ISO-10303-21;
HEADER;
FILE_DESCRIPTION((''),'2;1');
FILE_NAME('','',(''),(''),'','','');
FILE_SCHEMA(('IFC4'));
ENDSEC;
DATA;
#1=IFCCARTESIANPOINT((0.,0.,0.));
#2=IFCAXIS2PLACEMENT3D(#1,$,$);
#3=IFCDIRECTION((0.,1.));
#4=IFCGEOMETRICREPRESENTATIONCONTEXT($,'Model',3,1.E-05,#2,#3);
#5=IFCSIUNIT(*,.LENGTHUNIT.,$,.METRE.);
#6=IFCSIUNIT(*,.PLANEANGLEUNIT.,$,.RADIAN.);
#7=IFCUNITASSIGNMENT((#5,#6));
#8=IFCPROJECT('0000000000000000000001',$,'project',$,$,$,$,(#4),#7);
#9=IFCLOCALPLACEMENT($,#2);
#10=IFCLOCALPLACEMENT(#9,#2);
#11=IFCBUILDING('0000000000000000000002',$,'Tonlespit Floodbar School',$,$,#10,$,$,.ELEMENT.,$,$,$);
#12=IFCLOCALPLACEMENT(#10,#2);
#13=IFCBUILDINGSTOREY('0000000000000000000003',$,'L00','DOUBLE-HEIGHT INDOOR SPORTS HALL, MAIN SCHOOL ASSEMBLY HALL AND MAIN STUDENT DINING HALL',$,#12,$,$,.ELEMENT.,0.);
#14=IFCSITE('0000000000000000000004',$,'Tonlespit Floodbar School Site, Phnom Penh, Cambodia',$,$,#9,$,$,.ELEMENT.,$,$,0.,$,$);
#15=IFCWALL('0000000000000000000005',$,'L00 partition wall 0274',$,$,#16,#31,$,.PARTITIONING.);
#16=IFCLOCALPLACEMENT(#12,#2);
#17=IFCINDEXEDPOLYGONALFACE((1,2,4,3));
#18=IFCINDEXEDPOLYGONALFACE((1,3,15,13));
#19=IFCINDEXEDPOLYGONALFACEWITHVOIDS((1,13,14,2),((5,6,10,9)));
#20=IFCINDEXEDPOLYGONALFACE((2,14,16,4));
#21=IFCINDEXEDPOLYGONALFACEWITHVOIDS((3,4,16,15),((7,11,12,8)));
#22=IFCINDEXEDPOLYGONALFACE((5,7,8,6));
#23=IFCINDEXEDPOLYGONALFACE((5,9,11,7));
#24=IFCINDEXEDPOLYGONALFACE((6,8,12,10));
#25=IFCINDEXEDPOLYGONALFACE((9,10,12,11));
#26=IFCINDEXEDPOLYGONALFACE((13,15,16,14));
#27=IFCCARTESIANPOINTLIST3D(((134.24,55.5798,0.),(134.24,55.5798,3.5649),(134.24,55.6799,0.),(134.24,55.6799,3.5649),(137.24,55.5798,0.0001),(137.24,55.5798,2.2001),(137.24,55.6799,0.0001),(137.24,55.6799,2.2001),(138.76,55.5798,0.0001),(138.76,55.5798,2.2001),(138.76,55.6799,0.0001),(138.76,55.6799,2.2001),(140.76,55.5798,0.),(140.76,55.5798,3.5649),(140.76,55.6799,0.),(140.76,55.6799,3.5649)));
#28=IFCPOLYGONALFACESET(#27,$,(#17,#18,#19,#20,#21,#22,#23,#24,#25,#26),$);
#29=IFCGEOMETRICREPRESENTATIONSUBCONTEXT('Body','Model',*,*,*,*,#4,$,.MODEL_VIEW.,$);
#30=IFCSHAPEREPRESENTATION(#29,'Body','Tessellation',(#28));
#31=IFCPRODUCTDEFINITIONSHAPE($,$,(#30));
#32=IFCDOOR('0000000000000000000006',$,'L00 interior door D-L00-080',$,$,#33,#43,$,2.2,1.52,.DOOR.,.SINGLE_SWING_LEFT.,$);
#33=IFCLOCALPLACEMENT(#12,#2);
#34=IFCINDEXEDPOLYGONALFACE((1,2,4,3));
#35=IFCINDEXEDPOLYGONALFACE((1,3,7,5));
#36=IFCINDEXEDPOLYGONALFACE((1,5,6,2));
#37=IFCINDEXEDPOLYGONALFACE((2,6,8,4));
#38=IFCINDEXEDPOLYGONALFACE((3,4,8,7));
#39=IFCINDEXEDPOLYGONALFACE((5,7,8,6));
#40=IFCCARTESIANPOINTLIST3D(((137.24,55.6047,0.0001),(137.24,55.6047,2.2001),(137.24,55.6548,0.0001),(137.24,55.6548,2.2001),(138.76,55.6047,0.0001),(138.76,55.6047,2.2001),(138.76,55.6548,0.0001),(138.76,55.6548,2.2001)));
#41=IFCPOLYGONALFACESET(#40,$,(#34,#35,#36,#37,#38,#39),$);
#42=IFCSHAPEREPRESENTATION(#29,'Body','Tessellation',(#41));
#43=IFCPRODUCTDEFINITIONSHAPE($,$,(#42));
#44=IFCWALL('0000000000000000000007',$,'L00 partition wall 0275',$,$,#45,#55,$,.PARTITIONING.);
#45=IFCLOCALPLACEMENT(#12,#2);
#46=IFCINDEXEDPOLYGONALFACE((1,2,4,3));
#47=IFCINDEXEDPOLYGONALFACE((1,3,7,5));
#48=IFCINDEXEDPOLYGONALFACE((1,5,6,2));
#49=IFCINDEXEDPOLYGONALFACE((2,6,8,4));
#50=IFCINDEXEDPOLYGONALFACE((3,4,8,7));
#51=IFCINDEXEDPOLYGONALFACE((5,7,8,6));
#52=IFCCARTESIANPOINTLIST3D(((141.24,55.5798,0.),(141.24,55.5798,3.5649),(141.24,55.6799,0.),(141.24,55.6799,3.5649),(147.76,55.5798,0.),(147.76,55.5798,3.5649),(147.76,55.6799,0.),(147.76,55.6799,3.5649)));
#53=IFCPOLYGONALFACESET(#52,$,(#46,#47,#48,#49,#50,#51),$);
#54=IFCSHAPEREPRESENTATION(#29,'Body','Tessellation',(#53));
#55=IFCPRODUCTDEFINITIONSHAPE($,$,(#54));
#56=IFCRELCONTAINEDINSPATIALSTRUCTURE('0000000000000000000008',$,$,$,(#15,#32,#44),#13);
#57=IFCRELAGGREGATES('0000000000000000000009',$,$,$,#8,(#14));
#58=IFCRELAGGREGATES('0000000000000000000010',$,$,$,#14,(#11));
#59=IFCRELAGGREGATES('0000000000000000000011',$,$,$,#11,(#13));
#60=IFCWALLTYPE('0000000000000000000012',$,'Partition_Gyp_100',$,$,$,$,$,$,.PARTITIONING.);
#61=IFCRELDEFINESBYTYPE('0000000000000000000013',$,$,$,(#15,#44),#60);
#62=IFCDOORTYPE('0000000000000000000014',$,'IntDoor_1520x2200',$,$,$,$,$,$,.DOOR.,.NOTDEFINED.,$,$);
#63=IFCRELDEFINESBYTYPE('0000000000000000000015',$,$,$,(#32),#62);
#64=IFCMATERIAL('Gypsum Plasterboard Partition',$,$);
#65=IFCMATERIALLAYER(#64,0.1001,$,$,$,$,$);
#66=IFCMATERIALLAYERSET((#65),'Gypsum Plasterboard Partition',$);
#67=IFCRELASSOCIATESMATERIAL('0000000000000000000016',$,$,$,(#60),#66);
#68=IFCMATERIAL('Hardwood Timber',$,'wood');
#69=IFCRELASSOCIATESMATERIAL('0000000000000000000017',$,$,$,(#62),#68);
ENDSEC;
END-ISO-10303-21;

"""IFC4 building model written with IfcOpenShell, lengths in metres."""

from ifc_helpers import new_model, si_unit, direction, frame, frame_2d, origin, place, context, subcontext, project, spatial, rectangle, extrude, material, layer, layer_set, type_object, element, fill, save


model = new_model("IFC4")

# Units and contexts
model_context = context("Model", 3, precision=1e-05, world=origin(), true_north=direction((0.0, 1.0)))
body_context = subcontext(model_context, "Body", "Model", "MODEL_VIEW")
ifc_project = project(units=[si_unit("LENGTHUNIT", "METRE"), si_unit("PLANEANGLEUNIT", "RADIAN")], contexts=[model_context])

# Site, building, storey
site_placement = place(None, origin())
site = spatial("IfcSite", under=ifc_project, at=site_placement, Name="Tonlespit Floodbar School Site, Phnom Penh, Cambodia", CompositionType="ELEMENT", RefElevation=0.0)
building_placement = place(site_placement, origin())
building = spatial("IfcBuilding", under=site, at=building_placement, Name="Tonlespit Floodbar School", CompositionType="ELEMENT")
storey_placement = place(building_placement, origin())
storey = spatial("IfcBuildingStorey", under=building, at=storey_placement, Name="L00", Description="DOUBLE-HEIGHT INDOOR SPORTS HALL, MAIN SCHOOL ASSEMBLY HALL AND MAIN STUDENT DINING HALL", CompositionType="ELEMENT", Elevation=0.0)

# Wall, opening, door
ifc_material_1 = material(Name="Gypsum Plasterboard Partition")
ifc_layer_1 = layer(ifc_material_1, 0.1001)
ifc_layer_set_1 = layer_set([ifc_layer_1], Name="Gypsum Plasterboard Partition")
wall_type_1 = type_object("IfcWallType", Name="Partition_Gyp_100", PredefinedType="PARTITIONING", material=ifc_layer_set_1)
wall_1_placement = place(storey_placement, frame((134.24, 55.6299, 0.0), z_axis=(0.0, 0.0, 1.0), x_axis=(1.0, 0.0, 0.0)))
wall_1 = element("IfcWall", 1, at=wall_1_placement, inside=storey, type_object=wall_type_1, Name="L00 partition wall 0274", PredefinedType="PARTITIONING", context=body_context, shape_type="SweptSolid", body=[
    extrude(rectangle(XDim=6.52, YDim=0.1001, at=frame_2d((3.26, 0.0))), origin(), (0.0, 0.0, 1.0), 3.5649),
])
opening_1_placement = place(wall_1_placement, frame((3.0, 0.0, 0.0)))
opening_1 = element("IfcOpeningElement", 2, at=opening_1_placement, cuts=wall_1, PredefinedType="OPENING", context=body_context, shape_type="SweptSolid", body=[
    extrude(rectangle(XDim=1.52, YDim=2.2, at=frame_2d((0.76, 1.1001))), frame((0.0, 0.0601, 0.0), z_axis=(0.0, -1.0, 0.0), x_axis=(1.0, 0.0, 0.0)), (0.0, 0.0, 1.0), 0.1201),
])
ifc_material_2 = material(Name="Hardwood Timber", Category="wood")
door_type_1 = type_object("IfcDoorType", Name="IntDoor_1520x2200", OperationType="NOTDEFINED", PredefinedType="DOOR", material=ifc_material_2)
door_1_placement = place(opening_1_placement, origin())
door_1 = element("IfcDoor", 3, at=door_1_placement, inside=storey, type_object=door_type_1, Name="L00 interior door D-L00-080", OperationType="SINGLE_SWING_LEFT", OverallHeight=2.2, OverallWidth=1.52, PredefinedType="DOOR", context=body_context, shape_type="SweptSolid", body=[
    extrude(rectangle(XDim=1.52, YDim=2.2, at=frame_2d((0.76, 1.1001))), frame((0.0, 0.0249, 0.0), z_axis=(0.0, -1.0, 0.0), x_axis=(1.0, 0.0, 0.0)), (0.0, 0.0, 1.0), 0.05),
])
fill(opening_1, door_1)

# Wall
wall_2_placement = place(storey_placement, frame((141.24, 55.6299, 0.0), z_axis=(0.0, 0.0, 1.0), x_axis=(1.0, 0.0, 0.0)))
element("IfcWall", 4, at=wall_2_placement, inside=storey, type_object=wall_type_1, Name="L00 partition wall 0275", PredefinedType="PARTITIONING", context=body_context, shape_type="SweptSolid", body=[
    extrude(rectangle(XDim=6.52, YDim=0.1001, at=frame_2d((3.26, 0.0))), origin(), (0.0, 0.0, 1.0), 3.5649),
])

save(model, "model.ifc")
